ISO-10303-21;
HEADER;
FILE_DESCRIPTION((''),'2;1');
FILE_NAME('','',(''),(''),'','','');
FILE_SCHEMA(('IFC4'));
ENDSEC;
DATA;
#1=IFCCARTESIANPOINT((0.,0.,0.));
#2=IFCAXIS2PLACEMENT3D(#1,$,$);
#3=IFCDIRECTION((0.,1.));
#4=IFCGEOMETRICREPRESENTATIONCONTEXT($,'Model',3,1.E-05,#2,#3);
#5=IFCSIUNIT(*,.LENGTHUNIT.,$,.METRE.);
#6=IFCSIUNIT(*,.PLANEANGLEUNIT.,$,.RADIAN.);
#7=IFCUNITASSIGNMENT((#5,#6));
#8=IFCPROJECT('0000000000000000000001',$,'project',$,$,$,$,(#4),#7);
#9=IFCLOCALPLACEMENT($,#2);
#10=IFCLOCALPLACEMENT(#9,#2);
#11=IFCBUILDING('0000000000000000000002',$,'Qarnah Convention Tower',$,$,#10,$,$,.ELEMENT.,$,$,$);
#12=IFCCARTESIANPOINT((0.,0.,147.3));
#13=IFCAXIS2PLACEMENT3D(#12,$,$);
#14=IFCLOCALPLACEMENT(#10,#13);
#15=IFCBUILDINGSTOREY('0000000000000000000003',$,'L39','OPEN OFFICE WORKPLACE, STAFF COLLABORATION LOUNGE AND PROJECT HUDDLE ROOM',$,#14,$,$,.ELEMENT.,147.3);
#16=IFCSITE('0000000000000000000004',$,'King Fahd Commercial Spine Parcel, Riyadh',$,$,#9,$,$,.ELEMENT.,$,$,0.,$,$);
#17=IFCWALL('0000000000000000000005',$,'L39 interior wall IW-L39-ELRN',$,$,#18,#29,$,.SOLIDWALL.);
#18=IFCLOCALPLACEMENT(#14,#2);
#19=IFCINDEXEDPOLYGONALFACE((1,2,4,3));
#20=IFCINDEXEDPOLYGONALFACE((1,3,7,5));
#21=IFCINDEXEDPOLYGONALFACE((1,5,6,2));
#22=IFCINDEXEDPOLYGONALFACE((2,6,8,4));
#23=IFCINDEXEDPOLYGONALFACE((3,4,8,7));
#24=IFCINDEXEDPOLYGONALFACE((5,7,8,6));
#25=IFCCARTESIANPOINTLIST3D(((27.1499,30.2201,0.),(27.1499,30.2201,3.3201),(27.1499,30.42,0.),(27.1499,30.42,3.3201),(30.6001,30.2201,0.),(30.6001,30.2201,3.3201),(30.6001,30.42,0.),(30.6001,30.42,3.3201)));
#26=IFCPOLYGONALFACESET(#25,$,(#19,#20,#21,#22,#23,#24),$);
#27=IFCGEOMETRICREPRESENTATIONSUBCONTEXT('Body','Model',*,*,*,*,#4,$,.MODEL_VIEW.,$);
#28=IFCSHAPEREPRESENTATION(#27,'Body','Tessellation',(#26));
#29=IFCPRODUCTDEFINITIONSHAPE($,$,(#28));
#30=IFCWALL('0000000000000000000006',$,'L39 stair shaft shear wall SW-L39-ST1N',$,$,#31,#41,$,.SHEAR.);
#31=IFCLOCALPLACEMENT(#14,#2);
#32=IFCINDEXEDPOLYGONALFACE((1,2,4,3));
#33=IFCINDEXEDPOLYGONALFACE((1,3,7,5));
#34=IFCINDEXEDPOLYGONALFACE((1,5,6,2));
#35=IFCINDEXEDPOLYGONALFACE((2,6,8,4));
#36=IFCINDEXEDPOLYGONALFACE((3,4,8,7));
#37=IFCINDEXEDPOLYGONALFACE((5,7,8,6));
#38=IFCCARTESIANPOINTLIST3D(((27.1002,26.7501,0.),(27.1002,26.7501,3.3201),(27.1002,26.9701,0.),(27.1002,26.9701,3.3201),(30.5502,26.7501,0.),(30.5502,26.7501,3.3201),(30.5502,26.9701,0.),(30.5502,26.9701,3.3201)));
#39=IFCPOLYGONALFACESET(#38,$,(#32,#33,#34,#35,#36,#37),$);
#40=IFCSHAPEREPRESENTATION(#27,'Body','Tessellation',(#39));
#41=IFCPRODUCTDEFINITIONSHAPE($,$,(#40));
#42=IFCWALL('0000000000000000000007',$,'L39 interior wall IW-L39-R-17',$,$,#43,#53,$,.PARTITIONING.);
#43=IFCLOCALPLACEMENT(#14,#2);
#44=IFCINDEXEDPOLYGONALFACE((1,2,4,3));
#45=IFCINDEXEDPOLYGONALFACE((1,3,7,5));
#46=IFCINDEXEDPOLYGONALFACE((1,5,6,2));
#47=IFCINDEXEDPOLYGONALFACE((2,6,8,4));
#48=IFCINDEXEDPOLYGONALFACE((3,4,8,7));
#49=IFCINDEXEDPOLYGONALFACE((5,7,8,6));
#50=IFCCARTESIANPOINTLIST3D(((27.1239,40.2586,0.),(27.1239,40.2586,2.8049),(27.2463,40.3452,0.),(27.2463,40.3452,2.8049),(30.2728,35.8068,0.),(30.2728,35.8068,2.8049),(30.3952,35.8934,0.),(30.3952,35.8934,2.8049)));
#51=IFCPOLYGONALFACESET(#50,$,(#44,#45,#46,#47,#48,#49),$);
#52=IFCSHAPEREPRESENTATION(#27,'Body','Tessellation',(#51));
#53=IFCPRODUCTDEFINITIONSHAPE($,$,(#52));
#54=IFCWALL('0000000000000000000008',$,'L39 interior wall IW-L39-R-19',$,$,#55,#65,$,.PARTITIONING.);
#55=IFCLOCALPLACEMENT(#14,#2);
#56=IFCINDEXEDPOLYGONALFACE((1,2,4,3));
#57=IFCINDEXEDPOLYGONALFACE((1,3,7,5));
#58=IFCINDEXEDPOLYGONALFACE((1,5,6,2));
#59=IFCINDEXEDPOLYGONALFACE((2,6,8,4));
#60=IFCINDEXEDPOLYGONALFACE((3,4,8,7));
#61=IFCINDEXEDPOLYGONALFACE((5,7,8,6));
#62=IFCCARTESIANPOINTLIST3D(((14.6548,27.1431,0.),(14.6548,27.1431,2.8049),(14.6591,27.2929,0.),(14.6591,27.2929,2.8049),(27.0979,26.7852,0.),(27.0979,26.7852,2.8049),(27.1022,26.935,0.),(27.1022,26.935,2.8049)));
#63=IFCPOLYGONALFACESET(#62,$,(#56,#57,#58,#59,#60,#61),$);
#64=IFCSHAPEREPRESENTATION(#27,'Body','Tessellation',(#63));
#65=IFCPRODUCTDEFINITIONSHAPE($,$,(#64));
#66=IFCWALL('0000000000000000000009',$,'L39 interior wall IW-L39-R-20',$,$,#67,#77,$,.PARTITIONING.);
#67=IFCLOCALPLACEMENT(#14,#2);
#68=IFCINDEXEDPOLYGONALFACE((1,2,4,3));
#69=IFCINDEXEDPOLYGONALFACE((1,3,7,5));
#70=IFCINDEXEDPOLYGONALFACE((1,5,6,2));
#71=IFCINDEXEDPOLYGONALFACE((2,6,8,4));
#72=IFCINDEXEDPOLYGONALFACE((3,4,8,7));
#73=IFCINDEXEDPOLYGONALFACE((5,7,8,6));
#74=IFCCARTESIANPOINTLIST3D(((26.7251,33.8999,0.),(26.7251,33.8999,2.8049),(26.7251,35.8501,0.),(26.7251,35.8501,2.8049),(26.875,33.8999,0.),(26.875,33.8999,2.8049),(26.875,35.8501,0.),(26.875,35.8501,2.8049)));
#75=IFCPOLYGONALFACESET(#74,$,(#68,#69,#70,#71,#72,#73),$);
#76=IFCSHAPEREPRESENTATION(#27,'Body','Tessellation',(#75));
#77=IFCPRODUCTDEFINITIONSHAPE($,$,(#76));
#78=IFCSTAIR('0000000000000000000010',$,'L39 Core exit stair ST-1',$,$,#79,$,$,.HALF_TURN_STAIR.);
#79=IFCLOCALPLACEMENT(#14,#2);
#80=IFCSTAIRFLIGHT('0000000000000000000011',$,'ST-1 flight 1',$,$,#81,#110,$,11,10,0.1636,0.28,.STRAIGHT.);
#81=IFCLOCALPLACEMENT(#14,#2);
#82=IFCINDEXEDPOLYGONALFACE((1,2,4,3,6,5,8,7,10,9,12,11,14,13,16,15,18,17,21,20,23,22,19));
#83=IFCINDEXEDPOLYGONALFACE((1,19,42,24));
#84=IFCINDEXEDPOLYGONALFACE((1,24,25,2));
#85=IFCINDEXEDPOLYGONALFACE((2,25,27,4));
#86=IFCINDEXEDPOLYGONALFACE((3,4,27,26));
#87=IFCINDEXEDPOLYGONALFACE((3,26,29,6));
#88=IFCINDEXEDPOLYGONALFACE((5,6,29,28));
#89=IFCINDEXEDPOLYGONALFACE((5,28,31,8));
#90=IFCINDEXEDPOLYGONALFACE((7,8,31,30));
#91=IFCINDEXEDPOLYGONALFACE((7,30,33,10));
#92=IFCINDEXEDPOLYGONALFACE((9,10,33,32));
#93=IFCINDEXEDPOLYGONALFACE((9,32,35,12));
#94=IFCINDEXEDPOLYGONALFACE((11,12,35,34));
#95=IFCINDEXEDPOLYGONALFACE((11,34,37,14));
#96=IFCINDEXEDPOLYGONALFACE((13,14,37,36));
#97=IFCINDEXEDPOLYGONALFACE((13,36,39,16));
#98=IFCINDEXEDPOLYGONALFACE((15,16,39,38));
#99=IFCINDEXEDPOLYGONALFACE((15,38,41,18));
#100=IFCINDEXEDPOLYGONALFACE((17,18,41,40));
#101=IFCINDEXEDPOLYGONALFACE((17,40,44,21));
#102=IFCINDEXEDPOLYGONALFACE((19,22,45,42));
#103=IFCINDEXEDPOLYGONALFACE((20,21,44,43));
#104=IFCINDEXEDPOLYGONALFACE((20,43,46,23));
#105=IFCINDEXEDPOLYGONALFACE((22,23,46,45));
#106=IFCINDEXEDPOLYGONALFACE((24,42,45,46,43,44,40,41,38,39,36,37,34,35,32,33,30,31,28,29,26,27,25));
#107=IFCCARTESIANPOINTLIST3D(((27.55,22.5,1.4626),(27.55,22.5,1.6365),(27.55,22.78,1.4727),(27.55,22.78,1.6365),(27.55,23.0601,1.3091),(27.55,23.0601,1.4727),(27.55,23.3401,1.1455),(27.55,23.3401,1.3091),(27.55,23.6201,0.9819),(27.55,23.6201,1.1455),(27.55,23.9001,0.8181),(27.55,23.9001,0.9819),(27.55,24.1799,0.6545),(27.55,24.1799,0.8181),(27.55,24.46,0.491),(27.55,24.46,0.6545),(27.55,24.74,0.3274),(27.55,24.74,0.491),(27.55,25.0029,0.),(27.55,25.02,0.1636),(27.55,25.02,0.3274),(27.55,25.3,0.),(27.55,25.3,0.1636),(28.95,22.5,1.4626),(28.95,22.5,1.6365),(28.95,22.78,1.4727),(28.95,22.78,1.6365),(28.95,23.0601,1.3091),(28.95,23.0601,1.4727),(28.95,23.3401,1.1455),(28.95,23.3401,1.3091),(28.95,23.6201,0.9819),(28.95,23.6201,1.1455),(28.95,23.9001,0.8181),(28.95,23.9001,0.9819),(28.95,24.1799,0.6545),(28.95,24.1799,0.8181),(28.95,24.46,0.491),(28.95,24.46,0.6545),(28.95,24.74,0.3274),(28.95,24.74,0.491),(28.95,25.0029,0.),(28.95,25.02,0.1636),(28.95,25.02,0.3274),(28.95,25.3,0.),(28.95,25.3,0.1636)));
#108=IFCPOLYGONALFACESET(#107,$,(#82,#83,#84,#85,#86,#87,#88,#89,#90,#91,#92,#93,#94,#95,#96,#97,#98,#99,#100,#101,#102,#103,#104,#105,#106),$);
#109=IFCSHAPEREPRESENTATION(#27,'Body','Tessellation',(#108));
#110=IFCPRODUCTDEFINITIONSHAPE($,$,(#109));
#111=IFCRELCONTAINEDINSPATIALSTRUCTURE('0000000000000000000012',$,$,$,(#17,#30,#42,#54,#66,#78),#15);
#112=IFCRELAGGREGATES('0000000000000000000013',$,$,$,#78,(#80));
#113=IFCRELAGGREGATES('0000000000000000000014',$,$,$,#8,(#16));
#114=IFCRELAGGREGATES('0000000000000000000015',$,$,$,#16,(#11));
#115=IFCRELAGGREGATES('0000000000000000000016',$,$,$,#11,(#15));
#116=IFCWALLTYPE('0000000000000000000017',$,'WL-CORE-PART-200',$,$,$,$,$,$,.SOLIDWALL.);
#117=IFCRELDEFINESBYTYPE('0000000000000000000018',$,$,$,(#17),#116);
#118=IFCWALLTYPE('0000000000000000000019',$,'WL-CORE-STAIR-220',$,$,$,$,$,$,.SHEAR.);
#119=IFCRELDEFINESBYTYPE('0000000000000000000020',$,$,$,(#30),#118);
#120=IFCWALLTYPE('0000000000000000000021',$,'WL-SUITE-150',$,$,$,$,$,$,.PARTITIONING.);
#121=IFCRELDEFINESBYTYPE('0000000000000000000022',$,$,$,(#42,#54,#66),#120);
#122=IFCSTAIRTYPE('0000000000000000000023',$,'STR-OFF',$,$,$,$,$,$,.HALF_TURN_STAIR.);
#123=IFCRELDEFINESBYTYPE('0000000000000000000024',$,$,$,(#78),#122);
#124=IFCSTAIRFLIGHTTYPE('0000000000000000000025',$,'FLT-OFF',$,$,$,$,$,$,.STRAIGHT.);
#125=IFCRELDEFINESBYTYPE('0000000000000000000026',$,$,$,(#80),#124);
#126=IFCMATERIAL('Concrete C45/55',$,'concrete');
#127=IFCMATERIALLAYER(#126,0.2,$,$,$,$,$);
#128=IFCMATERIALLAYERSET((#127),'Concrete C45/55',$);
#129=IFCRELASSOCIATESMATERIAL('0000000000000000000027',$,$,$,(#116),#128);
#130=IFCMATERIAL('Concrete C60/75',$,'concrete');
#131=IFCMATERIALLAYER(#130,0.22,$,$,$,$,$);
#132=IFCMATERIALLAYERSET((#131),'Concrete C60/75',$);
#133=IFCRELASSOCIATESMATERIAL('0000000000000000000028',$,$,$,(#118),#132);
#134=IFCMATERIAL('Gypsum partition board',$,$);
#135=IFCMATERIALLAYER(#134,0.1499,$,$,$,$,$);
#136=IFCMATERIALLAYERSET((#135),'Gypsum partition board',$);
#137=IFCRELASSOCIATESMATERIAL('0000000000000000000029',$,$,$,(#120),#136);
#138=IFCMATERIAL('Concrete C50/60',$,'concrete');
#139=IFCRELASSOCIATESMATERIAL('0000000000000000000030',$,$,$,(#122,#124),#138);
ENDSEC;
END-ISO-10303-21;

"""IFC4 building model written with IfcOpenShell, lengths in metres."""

from ifc_helpers import new_model, si_unit, direction, frame, frame_2d, origin, place, context, subcontext, project, spatial, polyline, rectangle, outline, extrude, material, layer, layer_set, type_object, element, aggregate, save


model = new_model("IFC4")

# Units and contexts
model_context = context("Model", 3, precision=1e-05, world=origin(), true_north=direction((0.0, 1.0)))
body_context = subcontext(model_context, "Body", "Model", "MODEL_VIEW")
ifc_project = project(units=[si_unit("LENGTHUNIT", "METRE"), si_unit("PLANEANGLEUNIT", "RADIAN")], contexts=[model_context])

# Site, building, storey
site_placement = place(None, origin())
site = spatial("IfcSite", under=ifc_project, at=site_placement, Name="King Fahd Commercial Spine Parcel, Riyadh", CompositionType="ELEMENT", RefElevation=0.0)
building_placement = place(site_placement, origin())
building = spatial("IfcBuilding", under=site, at=building_placement, Name="Qarnah Convention Tower", CompositionType="ELEMENT")
storey_placement = place(building_placement, frame((0.0, 0.0, 147.3)))
storey = spatial("IfcBuildingStorey", under=building, at=storey_placement, Name="L39", Description="OPEN OFFICE WORKPLACE, STAFF COLLABORATION LOUNGE AND PROJECT HUDDLE ROOM", CompositionType="ELEMENT", Elevation=147.3)

# Shared definitions
ifc_material_1 = material(Name="Concrete C60/75", Category="concrete")

# Walls
ifc_material_2 = material(Name="Concrete C45/55", Category="concrete")
ifc_layer_1 = layer(ifc_material_2, 0.2)
ifc_layer_set_1 = layer_set([ifc_layer_1], Name="Concrete C45/55")
wall_type_1 = type_object("IfcWallType", Name="WL-CORE-PART-200", PredefinedType="SOLIDWALL", material=ifc_layer_set_1)
wall_1_placement = place(storey_placement, frame((27.1499, 30.3201, 0.0), z_axis=(0.0, 0.0, 1.0), x_axis=(1.0, 0.0, 0.0)))
element("IfcWall", 1, at=wall_1_placement, inside=storey, type_object=wall_type_1, Name="L39 interior wall IW-L39-ELRN", PredefinedType="SOLIDWALL", context=body_context, shape_type="SweptSolid", body=[
    extrude(rectangle(XDim=3.4502, YDim=0.2, at=frame_2d((1.7251, 0.0))), origin(), (0.0, 0.0, 1.0), 3.3201),
])
ifc_layer_2 = layer(ifc_material_1, 0.22)
ifc_layer_set_2 = layer_set([ifc_layer_2], Name="Concrete C60/75")
wall_type_2 = type_object("IfcWallType", Name="WL-CORE-STAIR-220", PredefinedType="SHEAR", material=ifc_layer_set_2)
wall_2_placement = place(storey_placement, frame((27.1001, 26.8601, 0.0), z_axis=(0.0, 0.0, 1.0), x_axis=(1.0, 0.0, 0.0)))
element("IfcWall", 2, at=wall_2_placement, inside=storey, type_object=wall_type_2, Name="L39 stair shaft shear wall SW-L39-ST1N", PredefinedType="SHEAR", context=body_context, shape_type="SweptSolid", body=[
    extrude(rectangle(XDim=3.45, YDim=0.22, at=frame_2d((1.7251, 0.0))), origin(), (0.0, 0.0, 1.0), 3.3201),
])

# Walls
ifc_material_3 = material(Name="Gypsum partition board")
ifc_layer_3 = layer(ifc_material_3, 0.1499)
ifc_layer_set_3 = layer_set([ifc_layer_3], Name="Gypsum partition board")
wall_type_3 = type_object("IfcWallType", Name="WL-SUITE-150", PredefinedType="PARTITIONING", material=ifc_layer_set_3)
wall_3_placement = place(storey_placement, frame((27.1851, 40.302, 0.0), z_axis=(0.0, 0.0, 1.0), x_axis=(0.577467, -0.816414, 0.0)))
element("IfcWall", 3, at=wall_3_placement, inside=storey, type_object=wall_type_3, Name="L39 interior wall IW-L39-R-17", PredefinedType="PARTITIONING", context=body_context, shape_type="SweptSolid", body=[
    extrude(rectangle(XDim=5.4529, YDim=0.1499, at=frame_2d((2.7266, 0.0))), origin(), (0.0, 0.0, 1.0), 2.8049),
])
wall_4_placement = place(storey_placement, frame((14.657, 27.218, 0.0), z_axis=(0.0, 0.0, 1.0), x_axis=(0.999587, -0.028752, 0.0)))
element("IfcWall", 4, at=wall_4_placement, inside=storey, type_object=wall_type_3, Name="L39 interior wall IW-L39-R-19", PredefinedType="PARTITIONING", context=body_context, shape_type="SweptSolid", body=[
    extrude(rectangle(XDim=12.4482, YDim=0.1499, at=frame_2d((6.2241, 0.0))), origin(), (0.0, 0.0, 1.0), 2.8049),
])
wall_5_placement = place(storey_placement, frame((26.8, 33.8999, 0.0), z_axis=(0.0, 0.0, 1.0), x_axis=(0.0, 1.0, 0.0)))
element("IfcWall", 5, at=wall_5_placement, inside=storey, type_object=wall_type_3, Name="L39 interior wall IW-L39-R-20", PredefinedType="PARTITIONING", context=body_context, shape_type="SweptSolid", body=[
    extrude(rectangle(XDim=1.9502, YDim=0.1499, at=frame_2d((0.9751, 0.0))), origin(), (0.0, 0.0, 1.0), 2.8049),
])

# Stair, stair flight
ifc_material_4 = material(Name="Concrete C50/60", Category="concrete")
stair_type = type_object("IfcStairType", Name="STR-OFF", PredefinedType="HALF_TURN_STAIR", material=ifc_material_4)
stair_placement = place(storey_placement, origin())
stair = element("IfcStair", 6, at=stair_placement, inside=storey, type_object=stair_type, Name="L39 Core exit stair ST-1", PredefinedType="HALF_TURN_STAIR")
stair_flight_type = type_object("IfcStairFlightType", Name="FLT-OFF", PredefinedType="STRAIGHT", material=ifc_material_4)
stair_flight_placement = place(storey_placement, frame((28.25, 25.3, 0.0), z_axis=(0.0, 0.0, 1.0), x_axis=(0.0, -1.0, 0.0)))
stair_flight = element("IfcStairFlight", 7, at=stair_flight_placement, type_object=stair_flight_type, Name="ST-1 flight 1", NumberOfRisers=11, NumberOfTreads=10, PredefinedType="STRAIGHT", RiserHeight=0.1636, TreadLength=0.28, context=body_context, shape_type="SweptSolid", body=[
    extrude(outline(polyline([(0.0, 0.0), (0.0, 0.1636), (0.28, 0.1636), (0.28, 0.3274), (0.5601, 0.3274), (0.5601, 0.491), (0.8401, 0.491), (0.8401, 0.6545), (1.1201, 0.6545), (1.1201, 0.8181), (1.3999, 0.8181), (1.3999, 0.9819), (1.6799, 0.9819), (1.6799, 1.1455), (1.96, 1.1455), (1.96, 1.3091), (2.24, 1.3091), (2.24, 1.4727), (2.52, 1.4727), (2.52, 1.6365), (2.8, 1.6365), (2.8, 1.8), (2.8, 1.4626), (0.2971, 0.0), (0.0, 0.0)])), frame((0.0, 0.7, 0.0), z_axis=(0.0, -1.0, 0.0), x_axis=(1.0, 0.0, 0.0)), (0.0, 0.0, 1.0), 1.3999),
])
aggregate(stair, [stair_flight])

save(model, "model.ifc")
